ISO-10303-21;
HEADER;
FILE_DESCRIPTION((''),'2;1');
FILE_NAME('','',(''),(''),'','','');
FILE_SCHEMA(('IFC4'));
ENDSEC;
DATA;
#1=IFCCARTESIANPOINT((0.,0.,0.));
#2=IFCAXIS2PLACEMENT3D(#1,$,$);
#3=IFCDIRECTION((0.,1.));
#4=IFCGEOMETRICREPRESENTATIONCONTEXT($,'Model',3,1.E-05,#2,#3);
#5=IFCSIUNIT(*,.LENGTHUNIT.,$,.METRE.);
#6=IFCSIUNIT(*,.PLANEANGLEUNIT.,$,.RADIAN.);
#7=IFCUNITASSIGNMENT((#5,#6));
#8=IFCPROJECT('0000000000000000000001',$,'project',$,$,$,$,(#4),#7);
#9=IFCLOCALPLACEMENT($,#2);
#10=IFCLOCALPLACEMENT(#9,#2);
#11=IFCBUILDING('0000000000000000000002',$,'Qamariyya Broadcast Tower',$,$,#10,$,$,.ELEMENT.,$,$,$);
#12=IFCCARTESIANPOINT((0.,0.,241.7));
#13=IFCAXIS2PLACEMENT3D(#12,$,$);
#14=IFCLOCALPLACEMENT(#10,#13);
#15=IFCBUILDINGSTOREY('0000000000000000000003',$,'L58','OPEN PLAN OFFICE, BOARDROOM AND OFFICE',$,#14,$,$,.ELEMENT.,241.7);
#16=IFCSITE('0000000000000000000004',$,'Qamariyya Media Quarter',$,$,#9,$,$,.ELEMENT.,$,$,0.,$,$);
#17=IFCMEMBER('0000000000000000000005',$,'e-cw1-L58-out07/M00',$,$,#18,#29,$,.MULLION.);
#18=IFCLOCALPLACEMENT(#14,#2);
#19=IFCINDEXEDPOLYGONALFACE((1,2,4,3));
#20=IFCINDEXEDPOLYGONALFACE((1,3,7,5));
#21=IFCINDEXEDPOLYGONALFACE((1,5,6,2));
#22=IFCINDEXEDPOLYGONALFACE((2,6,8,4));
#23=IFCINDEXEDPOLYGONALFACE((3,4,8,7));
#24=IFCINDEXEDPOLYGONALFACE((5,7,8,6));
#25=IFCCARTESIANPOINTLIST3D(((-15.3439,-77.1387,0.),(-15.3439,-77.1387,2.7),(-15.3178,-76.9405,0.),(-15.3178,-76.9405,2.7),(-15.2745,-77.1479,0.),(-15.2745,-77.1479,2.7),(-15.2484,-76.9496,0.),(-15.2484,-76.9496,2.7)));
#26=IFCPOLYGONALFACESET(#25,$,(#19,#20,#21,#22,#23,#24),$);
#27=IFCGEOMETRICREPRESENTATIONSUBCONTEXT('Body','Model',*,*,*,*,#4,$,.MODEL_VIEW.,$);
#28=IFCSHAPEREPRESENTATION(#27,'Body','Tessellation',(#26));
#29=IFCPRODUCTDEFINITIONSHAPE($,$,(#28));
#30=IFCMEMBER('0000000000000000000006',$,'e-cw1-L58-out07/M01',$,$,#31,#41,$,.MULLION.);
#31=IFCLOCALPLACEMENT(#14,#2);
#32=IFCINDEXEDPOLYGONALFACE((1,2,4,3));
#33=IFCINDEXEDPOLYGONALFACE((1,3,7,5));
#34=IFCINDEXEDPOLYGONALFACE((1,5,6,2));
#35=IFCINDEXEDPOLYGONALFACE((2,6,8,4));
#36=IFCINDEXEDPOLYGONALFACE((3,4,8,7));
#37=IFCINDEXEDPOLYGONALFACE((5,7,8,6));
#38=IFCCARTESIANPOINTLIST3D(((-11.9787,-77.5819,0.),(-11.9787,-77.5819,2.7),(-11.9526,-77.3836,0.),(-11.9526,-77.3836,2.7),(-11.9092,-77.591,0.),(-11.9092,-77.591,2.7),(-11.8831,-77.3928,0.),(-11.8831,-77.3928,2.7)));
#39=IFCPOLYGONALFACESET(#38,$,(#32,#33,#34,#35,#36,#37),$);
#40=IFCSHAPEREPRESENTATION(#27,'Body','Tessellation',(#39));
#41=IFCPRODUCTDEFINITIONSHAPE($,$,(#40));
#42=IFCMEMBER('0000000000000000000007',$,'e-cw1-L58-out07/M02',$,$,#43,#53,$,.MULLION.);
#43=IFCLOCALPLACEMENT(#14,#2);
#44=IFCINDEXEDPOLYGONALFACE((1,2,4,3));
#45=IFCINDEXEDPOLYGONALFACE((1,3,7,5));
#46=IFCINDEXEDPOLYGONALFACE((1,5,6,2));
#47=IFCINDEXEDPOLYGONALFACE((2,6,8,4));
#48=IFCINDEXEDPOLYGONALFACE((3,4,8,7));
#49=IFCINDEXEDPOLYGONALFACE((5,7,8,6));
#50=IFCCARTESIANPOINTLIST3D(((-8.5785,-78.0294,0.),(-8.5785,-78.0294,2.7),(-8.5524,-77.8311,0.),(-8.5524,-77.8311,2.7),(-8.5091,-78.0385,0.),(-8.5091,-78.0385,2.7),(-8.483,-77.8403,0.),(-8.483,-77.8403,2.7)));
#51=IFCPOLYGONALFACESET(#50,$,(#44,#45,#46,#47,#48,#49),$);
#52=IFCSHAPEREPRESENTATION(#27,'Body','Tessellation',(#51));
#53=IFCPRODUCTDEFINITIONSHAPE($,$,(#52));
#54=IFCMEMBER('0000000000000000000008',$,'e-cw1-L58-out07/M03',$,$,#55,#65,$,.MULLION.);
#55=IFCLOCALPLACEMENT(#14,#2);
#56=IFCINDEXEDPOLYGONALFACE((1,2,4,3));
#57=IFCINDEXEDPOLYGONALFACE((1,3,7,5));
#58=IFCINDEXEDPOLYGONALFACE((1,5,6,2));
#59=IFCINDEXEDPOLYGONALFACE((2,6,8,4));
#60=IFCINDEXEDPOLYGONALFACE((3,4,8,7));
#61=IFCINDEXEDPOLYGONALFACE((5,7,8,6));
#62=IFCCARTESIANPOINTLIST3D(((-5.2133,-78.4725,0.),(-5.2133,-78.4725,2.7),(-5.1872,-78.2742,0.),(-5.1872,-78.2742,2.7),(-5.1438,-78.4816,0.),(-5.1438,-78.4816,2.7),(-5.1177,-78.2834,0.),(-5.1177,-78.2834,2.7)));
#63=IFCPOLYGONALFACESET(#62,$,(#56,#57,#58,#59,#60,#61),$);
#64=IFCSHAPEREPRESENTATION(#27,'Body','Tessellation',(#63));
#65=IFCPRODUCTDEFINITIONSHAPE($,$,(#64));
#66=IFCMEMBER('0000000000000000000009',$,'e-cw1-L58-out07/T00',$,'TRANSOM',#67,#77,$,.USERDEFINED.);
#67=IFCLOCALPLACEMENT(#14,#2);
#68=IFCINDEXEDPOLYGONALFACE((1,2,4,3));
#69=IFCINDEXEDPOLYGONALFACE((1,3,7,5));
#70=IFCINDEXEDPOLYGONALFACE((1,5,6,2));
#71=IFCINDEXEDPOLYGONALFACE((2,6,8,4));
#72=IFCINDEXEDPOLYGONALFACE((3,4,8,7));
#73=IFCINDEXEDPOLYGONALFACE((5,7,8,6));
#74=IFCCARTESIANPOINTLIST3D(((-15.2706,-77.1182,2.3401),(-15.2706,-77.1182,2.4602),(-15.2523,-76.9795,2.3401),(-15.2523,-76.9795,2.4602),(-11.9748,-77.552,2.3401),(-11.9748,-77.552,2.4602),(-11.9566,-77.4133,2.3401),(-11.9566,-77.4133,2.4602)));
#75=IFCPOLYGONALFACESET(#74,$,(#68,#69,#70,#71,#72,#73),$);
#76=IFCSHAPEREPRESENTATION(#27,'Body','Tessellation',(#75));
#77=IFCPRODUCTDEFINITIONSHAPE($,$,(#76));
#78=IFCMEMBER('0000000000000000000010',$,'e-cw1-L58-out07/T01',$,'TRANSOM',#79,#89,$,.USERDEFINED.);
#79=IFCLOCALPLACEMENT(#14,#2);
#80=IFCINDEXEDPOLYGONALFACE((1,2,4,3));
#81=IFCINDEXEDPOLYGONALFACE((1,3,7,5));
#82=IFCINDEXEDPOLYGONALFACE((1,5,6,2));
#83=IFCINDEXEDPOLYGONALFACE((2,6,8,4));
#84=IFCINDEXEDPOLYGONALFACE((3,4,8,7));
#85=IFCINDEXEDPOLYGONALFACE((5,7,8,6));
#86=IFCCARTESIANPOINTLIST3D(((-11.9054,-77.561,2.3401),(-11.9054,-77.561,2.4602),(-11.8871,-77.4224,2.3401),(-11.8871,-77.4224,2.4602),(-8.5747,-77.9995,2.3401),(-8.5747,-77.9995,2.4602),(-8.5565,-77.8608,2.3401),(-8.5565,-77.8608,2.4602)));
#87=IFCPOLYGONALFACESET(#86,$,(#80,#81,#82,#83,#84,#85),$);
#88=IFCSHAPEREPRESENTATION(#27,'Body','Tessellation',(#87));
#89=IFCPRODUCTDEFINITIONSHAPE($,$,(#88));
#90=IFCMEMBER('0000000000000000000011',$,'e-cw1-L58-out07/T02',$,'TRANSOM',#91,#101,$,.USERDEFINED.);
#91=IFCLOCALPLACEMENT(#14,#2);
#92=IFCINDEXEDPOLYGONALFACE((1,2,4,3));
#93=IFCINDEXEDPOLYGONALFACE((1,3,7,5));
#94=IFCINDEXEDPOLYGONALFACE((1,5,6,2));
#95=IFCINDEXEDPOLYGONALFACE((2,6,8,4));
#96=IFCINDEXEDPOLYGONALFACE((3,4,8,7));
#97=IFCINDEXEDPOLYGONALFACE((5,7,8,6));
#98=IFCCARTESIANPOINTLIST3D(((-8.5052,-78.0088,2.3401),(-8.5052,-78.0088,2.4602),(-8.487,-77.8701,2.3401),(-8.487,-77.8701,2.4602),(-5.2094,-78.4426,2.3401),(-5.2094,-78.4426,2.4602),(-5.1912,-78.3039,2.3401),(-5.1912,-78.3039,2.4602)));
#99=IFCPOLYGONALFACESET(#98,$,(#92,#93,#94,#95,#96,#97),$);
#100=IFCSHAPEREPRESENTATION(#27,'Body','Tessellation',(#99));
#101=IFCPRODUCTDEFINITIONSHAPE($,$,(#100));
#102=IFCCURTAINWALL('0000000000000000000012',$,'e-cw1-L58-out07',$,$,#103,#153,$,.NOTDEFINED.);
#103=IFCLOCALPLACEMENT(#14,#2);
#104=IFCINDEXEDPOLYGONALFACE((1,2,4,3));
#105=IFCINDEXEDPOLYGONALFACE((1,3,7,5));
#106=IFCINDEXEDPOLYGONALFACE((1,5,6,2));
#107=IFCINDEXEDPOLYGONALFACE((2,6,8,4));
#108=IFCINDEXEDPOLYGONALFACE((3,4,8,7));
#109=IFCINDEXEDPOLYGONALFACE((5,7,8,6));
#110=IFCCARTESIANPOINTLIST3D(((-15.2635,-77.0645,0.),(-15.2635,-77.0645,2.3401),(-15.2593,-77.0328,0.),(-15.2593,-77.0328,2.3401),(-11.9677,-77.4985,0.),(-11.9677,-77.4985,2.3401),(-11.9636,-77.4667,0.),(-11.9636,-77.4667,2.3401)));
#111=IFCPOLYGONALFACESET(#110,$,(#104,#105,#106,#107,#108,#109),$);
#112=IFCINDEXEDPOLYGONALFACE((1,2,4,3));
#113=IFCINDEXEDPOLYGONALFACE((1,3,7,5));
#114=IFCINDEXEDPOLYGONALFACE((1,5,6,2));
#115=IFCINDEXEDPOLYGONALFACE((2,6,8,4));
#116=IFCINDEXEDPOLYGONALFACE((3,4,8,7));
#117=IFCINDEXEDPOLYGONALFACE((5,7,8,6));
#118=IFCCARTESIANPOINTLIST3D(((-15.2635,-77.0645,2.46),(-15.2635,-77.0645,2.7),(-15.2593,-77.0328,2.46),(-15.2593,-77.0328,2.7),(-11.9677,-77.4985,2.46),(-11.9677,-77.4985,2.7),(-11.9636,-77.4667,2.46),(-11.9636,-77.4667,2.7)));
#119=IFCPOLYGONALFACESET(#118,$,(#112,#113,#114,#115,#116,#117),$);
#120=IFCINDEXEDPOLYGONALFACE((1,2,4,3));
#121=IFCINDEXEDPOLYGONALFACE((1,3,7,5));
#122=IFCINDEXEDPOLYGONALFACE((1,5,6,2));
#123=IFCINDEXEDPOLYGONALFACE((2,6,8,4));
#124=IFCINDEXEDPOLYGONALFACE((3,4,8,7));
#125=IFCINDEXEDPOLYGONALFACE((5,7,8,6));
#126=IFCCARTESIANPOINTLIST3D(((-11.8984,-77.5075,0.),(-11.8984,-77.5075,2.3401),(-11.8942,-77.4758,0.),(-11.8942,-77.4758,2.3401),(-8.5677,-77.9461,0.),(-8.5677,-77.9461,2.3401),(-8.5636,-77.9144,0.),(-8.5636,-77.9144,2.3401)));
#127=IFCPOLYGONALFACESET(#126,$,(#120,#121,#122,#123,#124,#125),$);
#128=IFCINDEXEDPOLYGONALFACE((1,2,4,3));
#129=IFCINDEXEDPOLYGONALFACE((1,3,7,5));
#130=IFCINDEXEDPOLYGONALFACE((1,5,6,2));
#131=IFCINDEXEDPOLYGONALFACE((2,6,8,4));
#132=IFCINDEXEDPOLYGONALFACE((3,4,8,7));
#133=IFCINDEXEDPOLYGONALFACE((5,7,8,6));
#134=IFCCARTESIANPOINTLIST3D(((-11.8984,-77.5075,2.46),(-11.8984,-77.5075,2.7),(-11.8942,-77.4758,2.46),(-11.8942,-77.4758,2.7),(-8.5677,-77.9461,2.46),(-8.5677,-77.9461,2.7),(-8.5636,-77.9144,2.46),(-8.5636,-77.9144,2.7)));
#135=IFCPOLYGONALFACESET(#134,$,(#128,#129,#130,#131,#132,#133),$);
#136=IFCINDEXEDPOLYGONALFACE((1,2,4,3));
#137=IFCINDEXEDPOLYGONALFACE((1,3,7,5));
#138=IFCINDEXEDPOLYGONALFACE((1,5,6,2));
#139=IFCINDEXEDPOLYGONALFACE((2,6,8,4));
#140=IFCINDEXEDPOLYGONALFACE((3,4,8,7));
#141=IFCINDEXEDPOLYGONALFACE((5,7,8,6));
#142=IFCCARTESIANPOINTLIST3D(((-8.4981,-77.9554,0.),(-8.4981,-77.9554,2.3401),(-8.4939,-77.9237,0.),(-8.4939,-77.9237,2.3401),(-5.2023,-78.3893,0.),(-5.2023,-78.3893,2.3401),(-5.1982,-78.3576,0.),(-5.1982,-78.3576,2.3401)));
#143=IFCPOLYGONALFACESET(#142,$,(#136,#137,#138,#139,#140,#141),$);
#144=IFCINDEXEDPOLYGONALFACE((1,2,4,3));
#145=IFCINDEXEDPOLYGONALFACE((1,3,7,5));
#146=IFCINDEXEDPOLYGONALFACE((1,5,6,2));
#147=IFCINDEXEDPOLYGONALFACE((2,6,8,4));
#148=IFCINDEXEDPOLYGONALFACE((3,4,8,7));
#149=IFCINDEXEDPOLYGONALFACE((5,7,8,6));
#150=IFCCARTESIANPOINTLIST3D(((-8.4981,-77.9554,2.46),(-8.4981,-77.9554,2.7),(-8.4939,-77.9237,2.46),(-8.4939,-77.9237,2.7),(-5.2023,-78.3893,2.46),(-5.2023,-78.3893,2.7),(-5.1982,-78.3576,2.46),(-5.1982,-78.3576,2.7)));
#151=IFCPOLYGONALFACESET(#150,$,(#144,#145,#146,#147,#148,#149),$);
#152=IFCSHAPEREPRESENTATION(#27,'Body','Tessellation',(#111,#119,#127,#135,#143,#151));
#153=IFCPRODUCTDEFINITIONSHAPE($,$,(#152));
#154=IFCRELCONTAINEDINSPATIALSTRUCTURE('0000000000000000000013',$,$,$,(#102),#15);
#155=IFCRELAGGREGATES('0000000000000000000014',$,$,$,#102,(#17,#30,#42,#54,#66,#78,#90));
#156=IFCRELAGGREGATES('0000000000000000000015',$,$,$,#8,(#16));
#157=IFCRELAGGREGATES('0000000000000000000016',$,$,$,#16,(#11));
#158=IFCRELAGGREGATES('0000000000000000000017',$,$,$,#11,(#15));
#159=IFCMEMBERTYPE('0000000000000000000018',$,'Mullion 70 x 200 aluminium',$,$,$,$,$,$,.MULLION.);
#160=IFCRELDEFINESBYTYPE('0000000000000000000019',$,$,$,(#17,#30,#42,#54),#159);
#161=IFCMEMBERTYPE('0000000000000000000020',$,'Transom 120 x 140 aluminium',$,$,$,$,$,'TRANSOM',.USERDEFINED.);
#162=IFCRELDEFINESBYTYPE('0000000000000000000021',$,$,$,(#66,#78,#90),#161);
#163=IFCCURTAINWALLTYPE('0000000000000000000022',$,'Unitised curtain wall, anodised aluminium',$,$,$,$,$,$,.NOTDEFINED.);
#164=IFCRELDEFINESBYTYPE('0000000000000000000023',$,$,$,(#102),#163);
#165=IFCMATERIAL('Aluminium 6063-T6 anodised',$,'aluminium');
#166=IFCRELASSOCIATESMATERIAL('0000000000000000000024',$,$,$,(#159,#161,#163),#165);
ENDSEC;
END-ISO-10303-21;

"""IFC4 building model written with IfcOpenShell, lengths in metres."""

from ifc_helpers import new_model, si_unit, direction, frame, origin, origin_2d, place, context, subcontext, project, spatial, rectangle, extrude, material, material_profile, profile_set, type_object, element, aggregate, save


model = new_model("IFC4")

# Units and contexts
model_context = context("Model", 3, precision=1e-05, world=origin(), true_north=direction((0.0, 1.0)))
body_context = subcontext(model_context, "Body", "Model", "MODEL_VIEW")
ifc_project = project(units=[si_unit("LENGTHUNIT", "METRE"), si_unit("PLANEANGLEUNIT", "RADIAN")], contexts=[model_context])

# Members
ifc_material = material(Name="Aluminium 6063-T6 anodised", Category="aluminium")
ifc_material_profile_1 = material_profile(ifc_material, rectangle(XDim=0.2, YDim=0.0701, at=origin_2d()))
ifc_profile_set_1 = profile_set([ifc_material_profile_1], Name="Aluminium 6063-T6 anodised")
member_type_1 = type_object("IfcMemberType", Name="Mullion 70 x 200 aluminium", PredefinedType="MULLION", material=ifc_profile_set_1)
site_placement = place(None, origin())
building_placement = place(site_placement, origin())
storey_placement = place(building_placement, frame((0.0, 0.0, 241.7)))
member_1_placement = place(storey_placement, frame((-15.2961, -77.0442, 0.0), z_axis=(0.0, 0.0, 1.0), x_axis=(0.130526, 0.991445, 0.0)))
member_1 = element("IfcMember", 1, at=member_1_placement, type_object=member_type_1, Name="e-cw1-L58-out07/M00", PredefinedType="MULLION", context=body_context, shape_type="SweptSolid", body=[
    extrude(rectangle(XDim=0.2, YDim=0.0701, at=origin_2d()), origin(), (0.0, 0.0, 1.0), 2.7),
])
member_2_placement = place(storey_placement, frame((-11.9309, -77.4873, 0.0), z_axis=(0.0, 0.0, 1.0), x_axis=(0.130526, 0.991445, 0.0)))
member_2 = element("IfcMember", 2, at=member_2_placement, type_object=member_type_1, Name="e-cw1-L58-out07/M01", PredefinedType="MULLION", context=body_context, shape_type="SweptSolid", body=[
    extrude(rectangle(XDim=0.2, YDim=0.0701, at=origin_2d()), origin(), (0.0, 0.0, 1.0), 2.7),
])
member_3_placement = place(storey_placement, frame((-8.5308, -77.9348, 0.0), z_axis=(0.0, 0.0, 1.0), x_axis=(0.130526, 0.991445, 0.0)))
member_3 = element("IfcMember", 3, at=member_3_placement, type_object=member_type_1, Name="e-cw1-L58-out07/M02", PredefinedType="MULLION", context=body_context, shape_type="SweptSolid", body=[
    extrude(rectangle(XDim=0.2, YDim=0.0701, at=origin_2d()), origin(), (0.0, 0.0, 1.0), 2.7),
])
member_4_placement = place(storey_placement, frame((-5.1655, -78.3779, 0.0), z_axis=(0.0, 0.0, 1.0), x_axis=(0.130526, 0.991445, 0.0)))
member_4 = element("IfcMember", 4, at=member_4_placement, type_object=member_type_1, Name="e-cw1-L58-out07/M03", PredefinedType="MULLION", context=body_context, shape_type="SweptSolid", body=[
    extrude(rectangle(XDim=0.2, YDim=0.0701, at=origin_2d()), origin(), (0.0, 0.0, 1.0), 2.7),
])
ifc_material_profile_2 = material_profile(ifc_material, rectangle(XDim=0.1399, YDim=0.1201, at=origin_2d()))
ifc_profile_set_2 = profile_set([ifc_material_profile_2], Name="Aluminium 6063-T6 anodised")
member_type_2 = type_object("IfcMemberType", Name="Transom 120 x 140 aluminium", ElementType="TRANSOM", PredefinedType="USERDEFINED", material=ifc_profile_set_2)
member_5_placement = place(storey_placement, frame((-15.2615, -77.0488, 2.4001), z_axis=(0.991448, -0.130504, 0.0), x_axis=(0.130504, 0.991448, 0.0)))
member_5 = element("IfcMember", 5, at=member_5_placement, type_object=member_type_2, Name="e-cw1-L58-out07/T00", ObjectType="TRANSOM", PredefinedType="USERDEFINED", context=body_context, shape_type="SweptSolid", body=[
    extrude(rectangle(XDim=0.1399, YDim=0.1201, at=origin_2d()), origin(), (0.0, 0.0, 1.0), 3.3242),
])
member_6_placement = place(storey_placement, frame((-11.8962, -77.4917, 2.4001), z_axis=(0.991445, -0.130526, 0.0), x_axis=(0.130526, 0.991445, 0.0)))
member_6 = element("IfcMember", 6, at=member_6_placement, type_object=member_type_2, Name="e-cw1-L58-out07/T01", ObjectType="TRANSOM", PredefinedType="USERDEFINED", context=body_context, shape_type="SweptSolid", body=[
    extrude(rectangle(XDim=0.1399, YDim=0.1201, at=origin_2d()), origin(), (0.0, 0.0, 1.0), 3.3594),
])
member_7_placement = place(storey_placement, frame((-8.4961, -77.9395, 2.4001), z_axis=(0.991448, -0.130504, 0.0), x_axis=(0.130504, 0.991448, 0.0)))
member_7 = element("IfcMember", 7, at=member_7_placement, type_object=member_type_2, Name="e-cw1-L58-out07/T02", ObjectType="TRANSOM", PredefinedType="USERDEFINED", context=body_context, shape_type="SweptSolid", body=[
    extrude(rectangle(XDim=0.1399, YDim=0.1201, at=origin_2d()), origin(), (0.0, 0.0, 1.0), 3.3242),
])

# Site, building, storey
site = spatial("IfcSite", under=ifc_project, at=site_placement, Name="Qamariyya Media Quarter", CompositionType="ELEMENT", RefElevation=0.0)
building = spatial("IfcBuilding", under=site, at=building_placement, Name="Qamariyya Broadcast Tower", CompositionType="ELEMENT")
storey = spatial("IfcBuildingStorey", under=building, at=storey_placement, Name="L58", Description="OPEN PLAN OFFICE, BOARDROOM AND OFFICE", CompositionType="ELEMENT", Elevation=241.7)

# Curtain wall
curtain_wall_type = type_object("IfcCurtainWallType", Name="Unitised curtain wall, anodised aluminium", PredefinedType="NOTDEFINED", material=ifc_material)
curtain_wall_1_placement = place(storey_placement, origin())
curtain_wall_1 = element("IfcCurtainWall", 8, at=curtain_wall_1_placement, inside=storey, type_object=curtain_wall_type, Name="e-cw1-L58-out07", PredefinedType="NOTDEFINED", context=body_context, shape_type="SweptSolid", body=[
    extrude(rectangle(XDim=3.3242, YDim=0.032, at=origin_2d()), frame((-13.6135, -77.2656, 0.0), x_axis=(0.991443, -0.130542, 0.0)), (0.0, 0.0, 1.0), 2.3401),
    extrude(rectangle(XDim=3.3242, YDim=0.032, at=origin_2d()), frame((-13.6135, -77.2656, 2.46), x_axis=(0.991443, -0.130542, 0.0)), (0.0, 0.0, 1.0), 0.24),
    extrude(rectangle(XDim=3.3594, YDim=0.032, at=origin_2d()), frame((-10.231, -77.7109, 0.0), x_axis=(0.991443, -0.130542, 0.0)), (0.0, 0.0, 1.0), 2.3401),
    extrude(rectangle(XDim=3.3594, YDim=0.032, at=origin_2d()), frame((-10.231, -77.7109, 2.46), x_axis=(0.991443, -0.130542, 0.0)), (0.0, 0.0, 1.0), 0.24),
    extrude(rectangle(XDim=3.3242, YDim=0.032, at=origin_2d()), frame((-6.8481, -78.1565, 0.0), x_axis=(0.991443, -0.130542, 0.0)), (0.0, 0.0, 1.0), 2.3401),
    extrude(rectangle(XDim=3.3242, YDim=0.032, at=origin_2d()), frame((-6.8481, -78.1565, 2.46), x_axis=(0.991443, -0.130542, 0.0)), (0.0, 0.0, 1.0), 0.24),
])
aggregate(curtain_wall_1, [member_1, member_2, member_3, member_4, member_5, member_6, member_7])

save(model, "model.ifc")
